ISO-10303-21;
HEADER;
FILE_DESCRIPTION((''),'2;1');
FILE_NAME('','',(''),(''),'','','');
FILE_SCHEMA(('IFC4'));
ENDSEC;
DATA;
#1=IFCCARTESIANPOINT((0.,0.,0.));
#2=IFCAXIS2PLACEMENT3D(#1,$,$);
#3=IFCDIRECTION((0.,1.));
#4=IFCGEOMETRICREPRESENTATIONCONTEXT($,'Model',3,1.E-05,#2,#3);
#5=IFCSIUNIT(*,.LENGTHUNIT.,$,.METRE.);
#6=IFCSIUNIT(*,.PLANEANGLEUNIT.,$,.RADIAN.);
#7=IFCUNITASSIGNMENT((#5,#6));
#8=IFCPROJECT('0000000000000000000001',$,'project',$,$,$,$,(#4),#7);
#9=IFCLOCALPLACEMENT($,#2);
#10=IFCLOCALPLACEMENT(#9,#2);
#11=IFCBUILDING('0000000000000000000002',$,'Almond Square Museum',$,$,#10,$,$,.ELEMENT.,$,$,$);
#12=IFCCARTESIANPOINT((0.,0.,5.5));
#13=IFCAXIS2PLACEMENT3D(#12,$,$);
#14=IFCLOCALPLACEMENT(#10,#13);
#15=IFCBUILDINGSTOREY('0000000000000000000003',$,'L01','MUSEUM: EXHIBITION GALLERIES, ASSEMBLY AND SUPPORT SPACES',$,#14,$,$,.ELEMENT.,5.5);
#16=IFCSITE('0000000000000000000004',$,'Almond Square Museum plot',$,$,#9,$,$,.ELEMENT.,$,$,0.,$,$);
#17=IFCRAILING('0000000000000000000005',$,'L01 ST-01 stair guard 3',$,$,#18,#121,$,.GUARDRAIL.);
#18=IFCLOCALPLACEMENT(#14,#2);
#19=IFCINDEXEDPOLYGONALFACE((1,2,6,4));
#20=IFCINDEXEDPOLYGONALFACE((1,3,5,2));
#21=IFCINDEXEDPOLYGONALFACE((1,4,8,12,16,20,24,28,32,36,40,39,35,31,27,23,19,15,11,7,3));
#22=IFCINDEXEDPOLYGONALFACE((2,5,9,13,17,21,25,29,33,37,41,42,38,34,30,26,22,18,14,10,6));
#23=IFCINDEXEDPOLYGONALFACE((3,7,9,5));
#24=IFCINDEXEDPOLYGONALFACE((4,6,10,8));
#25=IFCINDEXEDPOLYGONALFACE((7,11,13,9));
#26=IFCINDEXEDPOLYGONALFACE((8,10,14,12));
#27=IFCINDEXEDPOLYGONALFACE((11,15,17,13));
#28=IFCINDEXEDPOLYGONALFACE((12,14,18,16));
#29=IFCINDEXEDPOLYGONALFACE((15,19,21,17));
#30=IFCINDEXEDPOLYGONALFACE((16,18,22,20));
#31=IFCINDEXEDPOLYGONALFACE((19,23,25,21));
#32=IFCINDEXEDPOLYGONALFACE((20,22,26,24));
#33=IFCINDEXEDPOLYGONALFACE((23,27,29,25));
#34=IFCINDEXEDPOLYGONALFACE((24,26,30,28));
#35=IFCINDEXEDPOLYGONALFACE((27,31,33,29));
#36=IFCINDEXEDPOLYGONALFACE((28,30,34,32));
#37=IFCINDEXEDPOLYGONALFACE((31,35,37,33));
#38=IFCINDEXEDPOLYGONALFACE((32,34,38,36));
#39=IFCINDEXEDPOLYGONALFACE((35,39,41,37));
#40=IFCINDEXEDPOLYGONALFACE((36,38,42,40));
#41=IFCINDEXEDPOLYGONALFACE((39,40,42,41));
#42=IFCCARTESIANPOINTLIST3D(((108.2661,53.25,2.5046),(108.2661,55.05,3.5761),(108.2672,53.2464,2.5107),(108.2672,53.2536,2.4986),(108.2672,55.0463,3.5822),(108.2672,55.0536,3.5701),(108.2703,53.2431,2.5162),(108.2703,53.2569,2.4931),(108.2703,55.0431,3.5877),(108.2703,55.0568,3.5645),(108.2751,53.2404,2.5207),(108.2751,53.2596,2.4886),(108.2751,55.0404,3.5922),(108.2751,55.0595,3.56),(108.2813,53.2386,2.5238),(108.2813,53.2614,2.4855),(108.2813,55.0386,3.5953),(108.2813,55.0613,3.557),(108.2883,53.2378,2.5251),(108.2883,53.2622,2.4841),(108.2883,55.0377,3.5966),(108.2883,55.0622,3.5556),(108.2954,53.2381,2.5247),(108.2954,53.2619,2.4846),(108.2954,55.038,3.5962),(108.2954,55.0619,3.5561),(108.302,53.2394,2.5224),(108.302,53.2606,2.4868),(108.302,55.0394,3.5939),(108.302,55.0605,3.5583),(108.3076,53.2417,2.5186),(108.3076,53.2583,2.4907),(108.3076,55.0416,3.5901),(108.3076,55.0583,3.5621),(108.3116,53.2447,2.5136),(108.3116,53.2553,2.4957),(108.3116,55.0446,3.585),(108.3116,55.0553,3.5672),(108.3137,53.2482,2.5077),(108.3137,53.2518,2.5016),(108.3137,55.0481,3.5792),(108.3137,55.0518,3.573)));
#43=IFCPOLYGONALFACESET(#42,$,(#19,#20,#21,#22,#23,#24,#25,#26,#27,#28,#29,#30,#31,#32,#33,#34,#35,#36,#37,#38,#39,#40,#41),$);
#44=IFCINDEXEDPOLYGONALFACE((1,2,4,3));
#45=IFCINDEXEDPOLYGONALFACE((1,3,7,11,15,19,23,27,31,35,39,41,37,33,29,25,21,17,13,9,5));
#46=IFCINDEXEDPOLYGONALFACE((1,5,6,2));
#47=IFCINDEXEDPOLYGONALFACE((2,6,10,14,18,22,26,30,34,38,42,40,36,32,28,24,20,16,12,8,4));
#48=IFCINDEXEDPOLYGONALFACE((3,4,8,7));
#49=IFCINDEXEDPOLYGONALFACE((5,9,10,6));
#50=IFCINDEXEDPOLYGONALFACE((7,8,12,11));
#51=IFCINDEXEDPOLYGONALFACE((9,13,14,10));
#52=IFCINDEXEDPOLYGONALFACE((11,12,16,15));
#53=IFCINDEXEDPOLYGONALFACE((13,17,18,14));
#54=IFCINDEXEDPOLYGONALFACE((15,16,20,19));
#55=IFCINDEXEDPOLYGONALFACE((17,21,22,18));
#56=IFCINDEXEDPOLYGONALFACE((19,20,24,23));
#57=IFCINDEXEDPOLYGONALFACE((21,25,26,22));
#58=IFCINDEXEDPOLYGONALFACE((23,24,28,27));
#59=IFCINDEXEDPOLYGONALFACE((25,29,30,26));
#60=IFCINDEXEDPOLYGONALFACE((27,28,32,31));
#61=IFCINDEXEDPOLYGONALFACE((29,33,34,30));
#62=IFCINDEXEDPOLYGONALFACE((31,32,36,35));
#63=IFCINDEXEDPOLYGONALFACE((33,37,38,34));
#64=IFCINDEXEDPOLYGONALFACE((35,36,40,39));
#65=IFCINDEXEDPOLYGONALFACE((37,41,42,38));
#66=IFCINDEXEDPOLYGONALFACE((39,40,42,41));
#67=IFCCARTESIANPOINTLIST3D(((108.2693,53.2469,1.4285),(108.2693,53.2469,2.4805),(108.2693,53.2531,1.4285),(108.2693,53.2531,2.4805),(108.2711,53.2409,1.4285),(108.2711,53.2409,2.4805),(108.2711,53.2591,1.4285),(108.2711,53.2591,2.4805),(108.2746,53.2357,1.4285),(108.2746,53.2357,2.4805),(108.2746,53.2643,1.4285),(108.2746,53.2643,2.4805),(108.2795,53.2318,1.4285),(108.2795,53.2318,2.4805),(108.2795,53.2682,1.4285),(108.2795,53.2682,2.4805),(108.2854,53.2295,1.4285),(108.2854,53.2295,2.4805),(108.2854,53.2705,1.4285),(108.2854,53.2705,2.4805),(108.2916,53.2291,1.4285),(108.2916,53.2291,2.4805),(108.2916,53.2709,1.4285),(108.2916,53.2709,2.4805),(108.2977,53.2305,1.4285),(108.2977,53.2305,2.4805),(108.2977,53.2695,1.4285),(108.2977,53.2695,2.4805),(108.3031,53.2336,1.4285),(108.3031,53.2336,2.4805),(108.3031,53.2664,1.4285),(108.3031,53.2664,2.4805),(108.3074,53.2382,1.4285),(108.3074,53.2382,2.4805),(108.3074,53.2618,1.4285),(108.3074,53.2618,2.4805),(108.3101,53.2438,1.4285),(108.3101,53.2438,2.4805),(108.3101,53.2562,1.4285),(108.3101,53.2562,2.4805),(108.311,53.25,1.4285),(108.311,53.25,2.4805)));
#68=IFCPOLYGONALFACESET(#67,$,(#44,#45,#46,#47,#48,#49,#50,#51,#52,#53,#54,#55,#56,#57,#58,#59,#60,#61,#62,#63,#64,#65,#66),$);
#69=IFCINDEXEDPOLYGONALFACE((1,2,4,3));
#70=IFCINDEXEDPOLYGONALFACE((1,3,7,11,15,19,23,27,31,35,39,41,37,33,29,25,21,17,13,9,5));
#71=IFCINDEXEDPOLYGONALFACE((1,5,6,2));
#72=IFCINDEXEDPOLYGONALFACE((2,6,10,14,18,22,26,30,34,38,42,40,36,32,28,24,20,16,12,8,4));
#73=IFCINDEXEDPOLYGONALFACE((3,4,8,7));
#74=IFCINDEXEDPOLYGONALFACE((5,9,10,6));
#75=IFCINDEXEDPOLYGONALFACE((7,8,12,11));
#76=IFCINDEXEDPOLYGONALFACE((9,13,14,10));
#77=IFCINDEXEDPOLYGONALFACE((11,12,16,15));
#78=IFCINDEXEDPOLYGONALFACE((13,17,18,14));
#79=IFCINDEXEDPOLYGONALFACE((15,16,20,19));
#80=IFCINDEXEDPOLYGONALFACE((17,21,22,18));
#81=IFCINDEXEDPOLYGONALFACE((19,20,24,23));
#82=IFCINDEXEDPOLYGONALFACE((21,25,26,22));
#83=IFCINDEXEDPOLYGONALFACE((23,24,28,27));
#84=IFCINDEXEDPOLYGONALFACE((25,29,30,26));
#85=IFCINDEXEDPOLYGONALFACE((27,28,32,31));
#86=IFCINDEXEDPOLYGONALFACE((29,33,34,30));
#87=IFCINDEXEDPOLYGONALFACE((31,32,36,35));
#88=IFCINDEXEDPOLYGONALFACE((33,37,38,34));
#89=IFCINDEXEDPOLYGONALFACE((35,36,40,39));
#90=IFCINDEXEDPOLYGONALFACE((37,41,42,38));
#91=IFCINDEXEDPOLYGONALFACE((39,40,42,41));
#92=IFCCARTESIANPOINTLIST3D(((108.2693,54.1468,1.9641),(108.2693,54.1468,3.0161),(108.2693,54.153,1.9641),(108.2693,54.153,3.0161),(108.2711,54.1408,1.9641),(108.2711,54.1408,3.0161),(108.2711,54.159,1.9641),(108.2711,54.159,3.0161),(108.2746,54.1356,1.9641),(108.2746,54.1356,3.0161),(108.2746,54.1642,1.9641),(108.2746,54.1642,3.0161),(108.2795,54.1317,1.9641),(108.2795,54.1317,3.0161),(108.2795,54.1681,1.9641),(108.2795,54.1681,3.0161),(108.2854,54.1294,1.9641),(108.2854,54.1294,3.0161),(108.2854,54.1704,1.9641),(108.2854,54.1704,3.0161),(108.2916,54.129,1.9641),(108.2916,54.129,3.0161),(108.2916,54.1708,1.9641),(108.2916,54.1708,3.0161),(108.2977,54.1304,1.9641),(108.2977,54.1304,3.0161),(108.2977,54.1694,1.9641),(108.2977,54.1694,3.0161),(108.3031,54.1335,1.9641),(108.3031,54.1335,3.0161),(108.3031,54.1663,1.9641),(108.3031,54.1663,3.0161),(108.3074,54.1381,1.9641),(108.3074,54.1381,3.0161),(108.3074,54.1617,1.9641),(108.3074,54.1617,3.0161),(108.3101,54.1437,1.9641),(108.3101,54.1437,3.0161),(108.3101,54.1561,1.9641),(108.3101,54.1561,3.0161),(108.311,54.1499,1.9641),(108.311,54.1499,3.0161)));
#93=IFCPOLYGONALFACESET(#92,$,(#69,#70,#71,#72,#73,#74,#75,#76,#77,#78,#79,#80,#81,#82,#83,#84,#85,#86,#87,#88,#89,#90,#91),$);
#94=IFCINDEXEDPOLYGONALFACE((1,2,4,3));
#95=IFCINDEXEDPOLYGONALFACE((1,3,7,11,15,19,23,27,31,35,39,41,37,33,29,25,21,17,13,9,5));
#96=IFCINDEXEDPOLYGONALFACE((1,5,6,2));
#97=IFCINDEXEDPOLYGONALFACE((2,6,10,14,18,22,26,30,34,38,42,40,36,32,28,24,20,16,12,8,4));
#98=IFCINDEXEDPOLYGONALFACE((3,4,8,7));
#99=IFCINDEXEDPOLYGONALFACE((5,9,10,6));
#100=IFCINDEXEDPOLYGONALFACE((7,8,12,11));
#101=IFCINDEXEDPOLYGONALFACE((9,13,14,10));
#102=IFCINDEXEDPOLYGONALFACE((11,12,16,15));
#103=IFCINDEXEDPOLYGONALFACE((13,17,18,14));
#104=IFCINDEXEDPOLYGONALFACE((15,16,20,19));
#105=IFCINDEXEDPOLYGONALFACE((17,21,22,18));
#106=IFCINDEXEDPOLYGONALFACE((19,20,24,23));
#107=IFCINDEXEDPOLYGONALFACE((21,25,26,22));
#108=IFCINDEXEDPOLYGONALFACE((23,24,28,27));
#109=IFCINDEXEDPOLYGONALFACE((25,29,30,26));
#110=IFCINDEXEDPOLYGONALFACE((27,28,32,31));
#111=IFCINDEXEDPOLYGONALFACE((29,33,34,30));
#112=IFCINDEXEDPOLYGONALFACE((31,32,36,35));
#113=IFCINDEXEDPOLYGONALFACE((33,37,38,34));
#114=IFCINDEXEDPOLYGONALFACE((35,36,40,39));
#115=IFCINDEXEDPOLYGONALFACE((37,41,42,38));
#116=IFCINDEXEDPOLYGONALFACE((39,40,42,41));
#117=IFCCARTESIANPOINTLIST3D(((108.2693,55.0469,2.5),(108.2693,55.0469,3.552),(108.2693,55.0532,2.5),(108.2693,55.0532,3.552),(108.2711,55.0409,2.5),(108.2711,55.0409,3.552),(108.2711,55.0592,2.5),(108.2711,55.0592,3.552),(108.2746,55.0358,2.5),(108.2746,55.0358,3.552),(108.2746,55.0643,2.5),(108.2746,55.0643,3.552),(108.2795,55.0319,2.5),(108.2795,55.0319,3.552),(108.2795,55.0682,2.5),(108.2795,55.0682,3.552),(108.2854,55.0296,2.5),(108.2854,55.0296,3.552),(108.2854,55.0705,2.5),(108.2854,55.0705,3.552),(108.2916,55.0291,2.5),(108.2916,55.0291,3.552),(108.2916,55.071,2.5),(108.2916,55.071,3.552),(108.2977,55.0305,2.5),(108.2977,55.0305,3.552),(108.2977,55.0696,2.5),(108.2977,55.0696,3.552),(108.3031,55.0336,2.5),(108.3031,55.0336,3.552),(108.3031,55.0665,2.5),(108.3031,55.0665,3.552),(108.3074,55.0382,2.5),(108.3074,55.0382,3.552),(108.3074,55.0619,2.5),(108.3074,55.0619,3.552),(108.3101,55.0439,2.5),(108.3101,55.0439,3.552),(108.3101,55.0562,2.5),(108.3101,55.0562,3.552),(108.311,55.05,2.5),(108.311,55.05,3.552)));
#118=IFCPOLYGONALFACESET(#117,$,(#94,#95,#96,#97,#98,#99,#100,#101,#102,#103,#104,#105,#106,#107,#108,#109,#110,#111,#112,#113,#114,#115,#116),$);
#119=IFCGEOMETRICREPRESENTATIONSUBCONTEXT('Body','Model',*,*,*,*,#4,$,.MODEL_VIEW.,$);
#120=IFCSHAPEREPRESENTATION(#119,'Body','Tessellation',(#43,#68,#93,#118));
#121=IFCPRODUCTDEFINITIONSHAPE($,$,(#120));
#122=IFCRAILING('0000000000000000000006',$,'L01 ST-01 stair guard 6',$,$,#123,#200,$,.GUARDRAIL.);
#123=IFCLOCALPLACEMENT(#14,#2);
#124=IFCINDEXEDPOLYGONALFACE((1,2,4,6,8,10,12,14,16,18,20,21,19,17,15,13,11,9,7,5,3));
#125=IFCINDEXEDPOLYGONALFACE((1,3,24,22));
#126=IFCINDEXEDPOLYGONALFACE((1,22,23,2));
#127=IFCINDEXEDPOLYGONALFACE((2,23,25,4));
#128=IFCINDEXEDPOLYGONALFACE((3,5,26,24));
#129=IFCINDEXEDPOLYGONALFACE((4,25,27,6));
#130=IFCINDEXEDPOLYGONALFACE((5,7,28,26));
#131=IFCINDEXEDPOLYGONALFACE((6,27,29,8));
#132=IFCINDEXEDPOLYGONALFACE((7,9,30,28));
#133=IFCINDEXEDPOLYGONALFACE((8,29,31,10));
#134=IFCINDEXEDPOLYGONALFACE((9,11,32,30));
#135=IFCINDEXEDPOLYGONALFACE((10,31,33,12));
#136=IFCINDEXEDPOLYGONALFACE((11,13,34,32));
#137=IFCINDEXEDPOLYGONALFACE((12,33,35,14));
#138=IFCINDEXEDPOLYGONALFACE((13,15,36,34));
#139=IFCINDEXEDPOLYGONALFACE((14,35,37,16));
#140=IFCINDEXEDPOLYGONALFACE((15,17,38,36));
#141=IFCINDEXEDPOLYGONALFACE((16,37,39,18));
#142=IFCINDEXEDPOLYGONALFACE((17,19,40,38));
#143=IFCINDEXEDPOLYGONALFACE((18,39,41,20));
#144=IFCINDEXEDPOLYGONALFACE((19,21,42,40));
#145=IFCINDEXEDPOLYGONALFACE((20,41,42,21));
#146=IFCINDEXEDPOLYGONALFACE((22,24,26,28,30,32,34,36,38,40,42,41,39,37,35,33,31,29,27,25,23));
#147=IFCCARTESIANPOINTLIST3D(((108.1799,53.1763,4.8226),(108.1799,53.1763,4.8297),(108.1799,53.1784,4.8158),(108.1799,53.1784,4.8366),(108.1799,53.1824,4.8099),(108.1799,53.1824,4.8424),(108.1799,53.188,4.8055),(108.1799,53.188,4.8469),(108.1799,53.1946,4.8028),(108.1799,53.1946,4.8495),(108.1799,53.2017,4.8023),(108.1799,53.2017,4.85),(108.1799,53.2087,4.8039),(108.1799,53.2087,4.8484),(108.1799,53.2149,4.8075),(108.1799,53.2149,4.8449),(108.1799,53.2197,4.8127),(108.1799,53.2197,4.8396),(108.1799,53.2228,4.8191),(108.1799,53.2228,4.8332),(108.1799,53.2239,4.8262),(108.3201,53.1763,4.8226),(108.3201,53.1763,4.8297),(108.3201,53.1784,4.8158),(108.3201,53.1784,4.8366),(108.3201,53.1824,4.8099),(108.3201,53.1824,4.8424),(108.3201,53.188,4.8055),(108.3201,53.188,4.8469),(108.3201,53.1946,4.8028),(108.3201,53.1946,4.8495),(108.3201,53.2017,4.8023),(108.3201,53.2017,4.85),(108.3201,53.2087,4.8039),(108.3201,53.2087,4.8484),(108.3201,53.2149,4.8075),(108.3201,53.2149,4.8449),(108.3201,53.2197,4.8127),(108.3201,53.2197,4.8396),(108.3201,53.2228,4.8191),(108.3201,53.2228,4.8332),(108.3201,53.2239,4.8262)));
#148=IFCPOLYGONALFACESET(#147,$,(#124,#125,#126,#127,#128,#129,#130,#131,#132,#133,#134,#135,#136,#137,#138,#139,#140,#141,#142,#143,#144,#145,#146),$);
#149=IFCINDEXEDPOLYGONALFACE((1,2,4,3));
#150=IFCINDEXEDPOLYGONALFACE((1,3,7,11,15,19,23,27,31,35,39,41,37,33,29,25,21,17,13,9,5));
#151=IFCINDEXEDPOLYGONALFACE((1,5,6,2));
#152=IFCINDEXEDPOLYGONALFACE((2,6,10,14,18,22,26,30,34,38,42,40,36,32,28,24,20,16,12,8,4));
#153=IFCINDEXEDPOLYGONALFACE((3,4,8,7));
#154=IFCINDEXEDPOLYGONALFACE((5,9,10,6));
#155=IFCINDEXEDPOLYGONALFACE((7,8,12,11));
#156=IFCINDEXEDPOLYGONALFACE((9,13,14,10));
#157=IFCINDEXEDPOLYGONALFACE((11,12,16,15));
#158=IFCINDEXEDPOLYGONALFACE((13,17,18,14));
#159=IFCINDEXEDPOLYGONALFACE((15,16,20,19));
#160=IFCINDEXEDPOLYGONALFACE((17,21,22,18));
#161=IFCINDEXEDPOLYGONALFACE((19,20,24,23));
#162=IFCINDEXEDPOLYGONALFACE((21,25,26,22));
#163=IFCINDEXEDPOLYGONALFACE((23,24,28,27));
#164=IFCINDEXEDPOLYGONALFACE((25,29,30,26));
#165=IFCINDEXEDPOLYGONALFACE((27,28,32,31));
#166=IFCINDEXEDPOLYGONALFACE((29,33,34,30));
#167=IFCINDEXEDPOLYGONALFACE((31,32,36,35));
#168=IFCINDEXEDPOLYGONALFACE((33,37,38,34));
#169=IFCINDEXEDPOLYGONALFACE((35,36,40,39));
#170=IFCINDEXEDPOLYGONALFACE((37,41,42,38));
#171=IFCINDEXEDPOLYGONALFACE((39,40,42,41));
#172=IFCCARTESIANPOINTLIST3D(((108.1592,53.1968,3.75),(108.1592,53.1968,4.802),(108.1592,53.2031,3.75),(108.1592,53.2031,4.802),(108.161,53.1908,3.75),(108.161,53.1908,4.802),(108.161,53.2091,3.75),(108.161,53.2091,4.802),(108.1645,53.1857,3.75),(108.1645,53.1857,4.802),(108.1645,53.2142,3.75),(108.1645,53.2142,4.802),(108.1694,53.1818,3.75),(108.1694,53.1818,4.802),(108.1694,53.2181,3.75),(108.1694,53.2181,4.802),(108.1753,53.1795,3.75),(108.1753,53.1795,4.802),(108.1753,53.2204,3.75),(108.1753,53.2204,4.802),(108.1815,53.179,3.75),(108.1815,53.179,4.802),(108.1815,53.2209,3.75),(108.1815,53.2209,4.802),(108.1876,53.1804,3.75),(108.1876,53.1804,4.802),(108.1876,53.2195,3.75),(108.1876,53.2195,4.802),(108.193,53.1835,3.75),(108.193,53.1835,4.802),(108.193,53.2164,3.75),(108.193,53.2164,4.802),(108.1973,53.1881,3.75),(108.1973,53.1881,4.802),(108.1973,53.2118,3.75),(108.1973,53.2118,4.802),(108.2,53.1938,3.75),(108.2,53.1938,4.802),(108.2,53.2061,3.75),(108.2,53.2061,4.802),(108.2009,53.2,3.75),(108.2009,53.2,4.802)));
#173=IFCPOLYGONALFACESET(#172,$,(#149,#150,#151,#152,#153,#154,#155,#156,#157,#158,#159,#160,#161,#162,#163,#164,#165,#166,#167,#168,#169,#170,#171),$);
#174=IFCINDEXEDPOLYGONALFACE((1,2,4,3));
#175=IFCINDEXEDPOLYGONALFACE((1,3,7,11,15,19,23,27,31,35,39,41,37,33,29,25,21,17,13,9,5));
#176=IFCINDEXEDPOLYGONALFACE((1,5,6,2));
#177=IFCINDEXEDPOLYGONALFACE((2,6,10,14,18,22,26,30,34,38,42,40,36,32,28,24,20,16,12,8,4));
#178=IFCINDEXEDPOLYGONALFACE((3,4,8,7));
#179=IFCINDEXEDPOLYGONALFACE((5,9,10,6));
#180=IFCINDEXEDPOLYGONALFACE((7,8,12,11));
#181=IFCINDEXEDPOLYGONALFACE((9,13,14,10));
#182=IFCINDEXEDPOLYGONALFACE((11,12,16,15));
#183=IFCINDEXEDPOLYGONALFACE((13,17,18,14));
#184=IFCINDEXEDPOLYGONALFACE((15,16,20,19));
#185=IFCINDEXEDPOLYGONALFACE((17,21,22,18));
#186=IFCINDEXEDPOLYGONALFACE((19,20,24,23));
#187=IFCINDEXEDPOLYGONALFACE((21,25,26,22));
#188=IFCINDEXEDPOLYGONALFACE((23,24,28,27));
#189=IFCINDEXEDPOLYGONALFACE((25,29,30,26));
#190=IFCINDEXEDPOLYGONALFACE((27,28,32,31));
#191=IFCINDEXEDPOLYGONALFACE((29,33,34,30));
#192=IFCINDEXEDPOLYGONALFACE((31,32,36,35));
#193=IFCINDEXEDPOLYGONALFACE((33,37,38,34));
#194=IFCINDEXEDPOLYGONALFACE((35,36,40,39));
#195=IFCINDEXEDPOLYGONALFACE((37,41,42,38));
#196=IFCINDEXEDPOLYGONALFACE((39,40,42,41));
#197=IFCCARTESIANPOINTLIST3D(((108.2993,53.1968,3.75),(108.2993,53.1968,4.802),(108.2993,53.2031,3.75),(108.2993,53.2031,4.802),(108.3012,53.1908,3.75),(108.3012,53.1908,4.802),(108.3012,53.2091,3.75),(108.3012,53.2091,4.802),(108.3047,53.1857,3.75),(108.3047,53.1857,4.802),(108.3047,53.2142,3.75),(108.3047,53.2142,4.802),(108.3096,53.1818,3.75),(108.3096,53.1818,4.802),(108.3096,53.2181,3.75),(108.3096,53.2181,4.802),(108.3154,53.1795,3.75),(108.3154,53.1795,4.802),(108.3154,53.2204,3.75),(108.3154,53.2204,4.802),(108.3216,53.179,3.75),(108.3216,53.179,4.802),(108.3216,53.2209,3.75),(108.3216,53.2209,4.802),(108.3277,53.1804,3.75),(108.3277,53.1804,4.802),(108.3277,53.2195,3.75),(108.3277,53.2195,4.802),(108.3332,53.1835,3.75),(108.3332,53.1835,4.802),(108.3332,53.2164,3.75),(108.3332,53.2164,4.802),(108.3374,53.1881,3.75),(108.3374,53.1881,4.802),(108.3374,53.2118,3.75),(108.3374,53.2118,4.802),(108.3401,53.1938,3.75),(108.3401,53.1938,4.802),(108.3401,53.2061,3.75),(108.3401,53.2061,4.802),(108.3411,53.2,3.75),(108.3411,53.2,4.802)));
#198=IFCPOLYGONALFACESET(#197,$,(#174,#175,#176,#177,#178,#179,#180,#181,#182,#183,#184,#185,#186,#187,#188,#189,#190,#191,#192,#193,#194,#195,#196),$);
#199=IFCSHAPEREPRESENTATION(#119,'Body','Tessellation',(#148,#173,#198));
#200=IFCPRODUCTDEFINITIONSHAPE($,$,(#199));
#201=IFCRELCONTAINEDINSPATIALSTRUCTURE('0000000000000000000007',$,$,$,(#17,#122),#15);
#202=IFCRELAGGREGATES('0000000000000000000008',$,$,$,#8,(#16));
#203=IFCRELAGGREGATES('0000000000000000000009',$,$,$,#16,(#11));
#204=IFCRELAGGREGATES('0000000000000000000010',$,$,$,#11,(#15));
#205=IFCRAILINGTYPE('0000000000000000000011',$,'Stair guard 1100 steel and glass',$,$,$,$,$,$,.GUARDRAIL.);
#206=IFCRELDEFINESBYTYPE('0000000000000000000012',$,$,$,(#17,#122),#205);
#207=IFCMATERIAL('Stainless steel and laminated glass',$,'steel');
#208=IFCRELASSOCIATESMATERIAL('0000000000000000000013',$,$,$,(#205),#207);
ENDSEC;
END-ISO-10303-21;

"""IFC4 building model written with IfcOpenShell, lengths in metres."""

from ifc_helpers import new_model, si_unit, direction, frame, origin, origin_2d, place, context, subcontext, project, spatial, circle, extrude, material, type_object, element, save


model = new_model("IFC4")

# Units and contexts
model_context = context("Model", 3, precision=1e-05, world=origin(), true_north=direction((0.0, 1.0)))
body_context = subcontext(model_context, "Body", "Model", "MODEL_VIEW")
ifc_project = project(units=[si_unit("LENGTHUNIT", "METRE"), si_unit("PLANEANGLEUNIT", "RADIAN")], contexts=[model_context])

# Site, building, storey
site_placement = place(None, origin())
site = spatial("IfcSite", under=ifc_project, at=site_placement, Name="Almond Square Museum plot", CompositionType="ELEMENT", RefElevation=0.0)
building_placement = place(site_placement, origin())
building = spatial("IfcBuilding", under=site, at=building_placement, Name="Almond Square Museum", CompositionType="ELEMENT")
storey_placement = place(building_placement, frame((0.0, 0.0, 5.5)))
storey = spatial("IfcBuildingStorey", under=building, at=storey_placement, Name="L01", Description="MUSEUM: EXHIBITION GALLERIES, ASSEMBLY AND SUPPORT SPACES", CompositionType="ELEMENT", Elevation=5.5)

# Railings
ifc_material_1 = material(Name="Stainless steel and laminated glass", Category="steel")
railing_type = type_object("IfcRailingType", Name="Stair guard 1100 steel and glass", PredefinedType="GUARDRAIL", material=ifc_material_1)
railing_1_placement = place(storey_placement, frame((108.29, 53.25, 1.4285)))
element("IfcRailing", 1, at=railing_1_placement, inside=storey, type_object=railing_type, Name="L01 ST-01 stair guard 3", PredefinedType="GUARDRAIL", context=body_context, shape_type="SweptSolid", body=[
    extrude(circle(Radius=0.0239, at=origin_2d()), frame((0.0, 0.0, 1.0762), z_axis=(0.0, 0.859277, 0.51151), x_axis=(-1.0, 0.0, 0.0)), (0.0, 0.0, 1.0), 2.0947),
    extrude(circle(Radius=0.021, at=origin_2d()), origin(), (0.0, 0.0, 1.0), 1.052),
    extrude(circle(Radius=0.021, at=origin_2d()), frame((0.0, 0.8999, 0.5356)), (0.0, 0.0, 1.0), 1.052),
    extrude(circle(Radius=0.021, at=origin_2d()), frame((0.0, 1.8, 1.0715)), (0.0, 0.0, 1.0), 1.052),
])
railing_2_placement = place(storey_placement, frame((108.1799, 53.2, 3.75)))
element("IfcRailing", 2, at=railing_2_placement, inside=storey, type_object=railing_type, Name="L01 ST-01 stair guard 6", PredefinedType="GUARDRAIL", context=body_context, shape_type="SweptSolid", body=[
    extrude(circle(Radius=0.0239, at=origin_2d()), frame((0.0, 0.0, 1.0762), z_axis=(1.0, 0.0, 0.0), x_axis=(0.0, 1.0, 0.0)), (0.0, 0.0, 1.0), 0.1401),
    extrude(circle(Radius=0.021, at=origin_2d()), origin(), (0.0, 0.0, 1.0), 1.052),
    extrude(circle(Radius=0.021, at=origin_2d()), frame((0.1401, 0.0, 0.0)), (0.0, 0.0, 1.0), 1.052),
])

save(model, "model.ifc")
